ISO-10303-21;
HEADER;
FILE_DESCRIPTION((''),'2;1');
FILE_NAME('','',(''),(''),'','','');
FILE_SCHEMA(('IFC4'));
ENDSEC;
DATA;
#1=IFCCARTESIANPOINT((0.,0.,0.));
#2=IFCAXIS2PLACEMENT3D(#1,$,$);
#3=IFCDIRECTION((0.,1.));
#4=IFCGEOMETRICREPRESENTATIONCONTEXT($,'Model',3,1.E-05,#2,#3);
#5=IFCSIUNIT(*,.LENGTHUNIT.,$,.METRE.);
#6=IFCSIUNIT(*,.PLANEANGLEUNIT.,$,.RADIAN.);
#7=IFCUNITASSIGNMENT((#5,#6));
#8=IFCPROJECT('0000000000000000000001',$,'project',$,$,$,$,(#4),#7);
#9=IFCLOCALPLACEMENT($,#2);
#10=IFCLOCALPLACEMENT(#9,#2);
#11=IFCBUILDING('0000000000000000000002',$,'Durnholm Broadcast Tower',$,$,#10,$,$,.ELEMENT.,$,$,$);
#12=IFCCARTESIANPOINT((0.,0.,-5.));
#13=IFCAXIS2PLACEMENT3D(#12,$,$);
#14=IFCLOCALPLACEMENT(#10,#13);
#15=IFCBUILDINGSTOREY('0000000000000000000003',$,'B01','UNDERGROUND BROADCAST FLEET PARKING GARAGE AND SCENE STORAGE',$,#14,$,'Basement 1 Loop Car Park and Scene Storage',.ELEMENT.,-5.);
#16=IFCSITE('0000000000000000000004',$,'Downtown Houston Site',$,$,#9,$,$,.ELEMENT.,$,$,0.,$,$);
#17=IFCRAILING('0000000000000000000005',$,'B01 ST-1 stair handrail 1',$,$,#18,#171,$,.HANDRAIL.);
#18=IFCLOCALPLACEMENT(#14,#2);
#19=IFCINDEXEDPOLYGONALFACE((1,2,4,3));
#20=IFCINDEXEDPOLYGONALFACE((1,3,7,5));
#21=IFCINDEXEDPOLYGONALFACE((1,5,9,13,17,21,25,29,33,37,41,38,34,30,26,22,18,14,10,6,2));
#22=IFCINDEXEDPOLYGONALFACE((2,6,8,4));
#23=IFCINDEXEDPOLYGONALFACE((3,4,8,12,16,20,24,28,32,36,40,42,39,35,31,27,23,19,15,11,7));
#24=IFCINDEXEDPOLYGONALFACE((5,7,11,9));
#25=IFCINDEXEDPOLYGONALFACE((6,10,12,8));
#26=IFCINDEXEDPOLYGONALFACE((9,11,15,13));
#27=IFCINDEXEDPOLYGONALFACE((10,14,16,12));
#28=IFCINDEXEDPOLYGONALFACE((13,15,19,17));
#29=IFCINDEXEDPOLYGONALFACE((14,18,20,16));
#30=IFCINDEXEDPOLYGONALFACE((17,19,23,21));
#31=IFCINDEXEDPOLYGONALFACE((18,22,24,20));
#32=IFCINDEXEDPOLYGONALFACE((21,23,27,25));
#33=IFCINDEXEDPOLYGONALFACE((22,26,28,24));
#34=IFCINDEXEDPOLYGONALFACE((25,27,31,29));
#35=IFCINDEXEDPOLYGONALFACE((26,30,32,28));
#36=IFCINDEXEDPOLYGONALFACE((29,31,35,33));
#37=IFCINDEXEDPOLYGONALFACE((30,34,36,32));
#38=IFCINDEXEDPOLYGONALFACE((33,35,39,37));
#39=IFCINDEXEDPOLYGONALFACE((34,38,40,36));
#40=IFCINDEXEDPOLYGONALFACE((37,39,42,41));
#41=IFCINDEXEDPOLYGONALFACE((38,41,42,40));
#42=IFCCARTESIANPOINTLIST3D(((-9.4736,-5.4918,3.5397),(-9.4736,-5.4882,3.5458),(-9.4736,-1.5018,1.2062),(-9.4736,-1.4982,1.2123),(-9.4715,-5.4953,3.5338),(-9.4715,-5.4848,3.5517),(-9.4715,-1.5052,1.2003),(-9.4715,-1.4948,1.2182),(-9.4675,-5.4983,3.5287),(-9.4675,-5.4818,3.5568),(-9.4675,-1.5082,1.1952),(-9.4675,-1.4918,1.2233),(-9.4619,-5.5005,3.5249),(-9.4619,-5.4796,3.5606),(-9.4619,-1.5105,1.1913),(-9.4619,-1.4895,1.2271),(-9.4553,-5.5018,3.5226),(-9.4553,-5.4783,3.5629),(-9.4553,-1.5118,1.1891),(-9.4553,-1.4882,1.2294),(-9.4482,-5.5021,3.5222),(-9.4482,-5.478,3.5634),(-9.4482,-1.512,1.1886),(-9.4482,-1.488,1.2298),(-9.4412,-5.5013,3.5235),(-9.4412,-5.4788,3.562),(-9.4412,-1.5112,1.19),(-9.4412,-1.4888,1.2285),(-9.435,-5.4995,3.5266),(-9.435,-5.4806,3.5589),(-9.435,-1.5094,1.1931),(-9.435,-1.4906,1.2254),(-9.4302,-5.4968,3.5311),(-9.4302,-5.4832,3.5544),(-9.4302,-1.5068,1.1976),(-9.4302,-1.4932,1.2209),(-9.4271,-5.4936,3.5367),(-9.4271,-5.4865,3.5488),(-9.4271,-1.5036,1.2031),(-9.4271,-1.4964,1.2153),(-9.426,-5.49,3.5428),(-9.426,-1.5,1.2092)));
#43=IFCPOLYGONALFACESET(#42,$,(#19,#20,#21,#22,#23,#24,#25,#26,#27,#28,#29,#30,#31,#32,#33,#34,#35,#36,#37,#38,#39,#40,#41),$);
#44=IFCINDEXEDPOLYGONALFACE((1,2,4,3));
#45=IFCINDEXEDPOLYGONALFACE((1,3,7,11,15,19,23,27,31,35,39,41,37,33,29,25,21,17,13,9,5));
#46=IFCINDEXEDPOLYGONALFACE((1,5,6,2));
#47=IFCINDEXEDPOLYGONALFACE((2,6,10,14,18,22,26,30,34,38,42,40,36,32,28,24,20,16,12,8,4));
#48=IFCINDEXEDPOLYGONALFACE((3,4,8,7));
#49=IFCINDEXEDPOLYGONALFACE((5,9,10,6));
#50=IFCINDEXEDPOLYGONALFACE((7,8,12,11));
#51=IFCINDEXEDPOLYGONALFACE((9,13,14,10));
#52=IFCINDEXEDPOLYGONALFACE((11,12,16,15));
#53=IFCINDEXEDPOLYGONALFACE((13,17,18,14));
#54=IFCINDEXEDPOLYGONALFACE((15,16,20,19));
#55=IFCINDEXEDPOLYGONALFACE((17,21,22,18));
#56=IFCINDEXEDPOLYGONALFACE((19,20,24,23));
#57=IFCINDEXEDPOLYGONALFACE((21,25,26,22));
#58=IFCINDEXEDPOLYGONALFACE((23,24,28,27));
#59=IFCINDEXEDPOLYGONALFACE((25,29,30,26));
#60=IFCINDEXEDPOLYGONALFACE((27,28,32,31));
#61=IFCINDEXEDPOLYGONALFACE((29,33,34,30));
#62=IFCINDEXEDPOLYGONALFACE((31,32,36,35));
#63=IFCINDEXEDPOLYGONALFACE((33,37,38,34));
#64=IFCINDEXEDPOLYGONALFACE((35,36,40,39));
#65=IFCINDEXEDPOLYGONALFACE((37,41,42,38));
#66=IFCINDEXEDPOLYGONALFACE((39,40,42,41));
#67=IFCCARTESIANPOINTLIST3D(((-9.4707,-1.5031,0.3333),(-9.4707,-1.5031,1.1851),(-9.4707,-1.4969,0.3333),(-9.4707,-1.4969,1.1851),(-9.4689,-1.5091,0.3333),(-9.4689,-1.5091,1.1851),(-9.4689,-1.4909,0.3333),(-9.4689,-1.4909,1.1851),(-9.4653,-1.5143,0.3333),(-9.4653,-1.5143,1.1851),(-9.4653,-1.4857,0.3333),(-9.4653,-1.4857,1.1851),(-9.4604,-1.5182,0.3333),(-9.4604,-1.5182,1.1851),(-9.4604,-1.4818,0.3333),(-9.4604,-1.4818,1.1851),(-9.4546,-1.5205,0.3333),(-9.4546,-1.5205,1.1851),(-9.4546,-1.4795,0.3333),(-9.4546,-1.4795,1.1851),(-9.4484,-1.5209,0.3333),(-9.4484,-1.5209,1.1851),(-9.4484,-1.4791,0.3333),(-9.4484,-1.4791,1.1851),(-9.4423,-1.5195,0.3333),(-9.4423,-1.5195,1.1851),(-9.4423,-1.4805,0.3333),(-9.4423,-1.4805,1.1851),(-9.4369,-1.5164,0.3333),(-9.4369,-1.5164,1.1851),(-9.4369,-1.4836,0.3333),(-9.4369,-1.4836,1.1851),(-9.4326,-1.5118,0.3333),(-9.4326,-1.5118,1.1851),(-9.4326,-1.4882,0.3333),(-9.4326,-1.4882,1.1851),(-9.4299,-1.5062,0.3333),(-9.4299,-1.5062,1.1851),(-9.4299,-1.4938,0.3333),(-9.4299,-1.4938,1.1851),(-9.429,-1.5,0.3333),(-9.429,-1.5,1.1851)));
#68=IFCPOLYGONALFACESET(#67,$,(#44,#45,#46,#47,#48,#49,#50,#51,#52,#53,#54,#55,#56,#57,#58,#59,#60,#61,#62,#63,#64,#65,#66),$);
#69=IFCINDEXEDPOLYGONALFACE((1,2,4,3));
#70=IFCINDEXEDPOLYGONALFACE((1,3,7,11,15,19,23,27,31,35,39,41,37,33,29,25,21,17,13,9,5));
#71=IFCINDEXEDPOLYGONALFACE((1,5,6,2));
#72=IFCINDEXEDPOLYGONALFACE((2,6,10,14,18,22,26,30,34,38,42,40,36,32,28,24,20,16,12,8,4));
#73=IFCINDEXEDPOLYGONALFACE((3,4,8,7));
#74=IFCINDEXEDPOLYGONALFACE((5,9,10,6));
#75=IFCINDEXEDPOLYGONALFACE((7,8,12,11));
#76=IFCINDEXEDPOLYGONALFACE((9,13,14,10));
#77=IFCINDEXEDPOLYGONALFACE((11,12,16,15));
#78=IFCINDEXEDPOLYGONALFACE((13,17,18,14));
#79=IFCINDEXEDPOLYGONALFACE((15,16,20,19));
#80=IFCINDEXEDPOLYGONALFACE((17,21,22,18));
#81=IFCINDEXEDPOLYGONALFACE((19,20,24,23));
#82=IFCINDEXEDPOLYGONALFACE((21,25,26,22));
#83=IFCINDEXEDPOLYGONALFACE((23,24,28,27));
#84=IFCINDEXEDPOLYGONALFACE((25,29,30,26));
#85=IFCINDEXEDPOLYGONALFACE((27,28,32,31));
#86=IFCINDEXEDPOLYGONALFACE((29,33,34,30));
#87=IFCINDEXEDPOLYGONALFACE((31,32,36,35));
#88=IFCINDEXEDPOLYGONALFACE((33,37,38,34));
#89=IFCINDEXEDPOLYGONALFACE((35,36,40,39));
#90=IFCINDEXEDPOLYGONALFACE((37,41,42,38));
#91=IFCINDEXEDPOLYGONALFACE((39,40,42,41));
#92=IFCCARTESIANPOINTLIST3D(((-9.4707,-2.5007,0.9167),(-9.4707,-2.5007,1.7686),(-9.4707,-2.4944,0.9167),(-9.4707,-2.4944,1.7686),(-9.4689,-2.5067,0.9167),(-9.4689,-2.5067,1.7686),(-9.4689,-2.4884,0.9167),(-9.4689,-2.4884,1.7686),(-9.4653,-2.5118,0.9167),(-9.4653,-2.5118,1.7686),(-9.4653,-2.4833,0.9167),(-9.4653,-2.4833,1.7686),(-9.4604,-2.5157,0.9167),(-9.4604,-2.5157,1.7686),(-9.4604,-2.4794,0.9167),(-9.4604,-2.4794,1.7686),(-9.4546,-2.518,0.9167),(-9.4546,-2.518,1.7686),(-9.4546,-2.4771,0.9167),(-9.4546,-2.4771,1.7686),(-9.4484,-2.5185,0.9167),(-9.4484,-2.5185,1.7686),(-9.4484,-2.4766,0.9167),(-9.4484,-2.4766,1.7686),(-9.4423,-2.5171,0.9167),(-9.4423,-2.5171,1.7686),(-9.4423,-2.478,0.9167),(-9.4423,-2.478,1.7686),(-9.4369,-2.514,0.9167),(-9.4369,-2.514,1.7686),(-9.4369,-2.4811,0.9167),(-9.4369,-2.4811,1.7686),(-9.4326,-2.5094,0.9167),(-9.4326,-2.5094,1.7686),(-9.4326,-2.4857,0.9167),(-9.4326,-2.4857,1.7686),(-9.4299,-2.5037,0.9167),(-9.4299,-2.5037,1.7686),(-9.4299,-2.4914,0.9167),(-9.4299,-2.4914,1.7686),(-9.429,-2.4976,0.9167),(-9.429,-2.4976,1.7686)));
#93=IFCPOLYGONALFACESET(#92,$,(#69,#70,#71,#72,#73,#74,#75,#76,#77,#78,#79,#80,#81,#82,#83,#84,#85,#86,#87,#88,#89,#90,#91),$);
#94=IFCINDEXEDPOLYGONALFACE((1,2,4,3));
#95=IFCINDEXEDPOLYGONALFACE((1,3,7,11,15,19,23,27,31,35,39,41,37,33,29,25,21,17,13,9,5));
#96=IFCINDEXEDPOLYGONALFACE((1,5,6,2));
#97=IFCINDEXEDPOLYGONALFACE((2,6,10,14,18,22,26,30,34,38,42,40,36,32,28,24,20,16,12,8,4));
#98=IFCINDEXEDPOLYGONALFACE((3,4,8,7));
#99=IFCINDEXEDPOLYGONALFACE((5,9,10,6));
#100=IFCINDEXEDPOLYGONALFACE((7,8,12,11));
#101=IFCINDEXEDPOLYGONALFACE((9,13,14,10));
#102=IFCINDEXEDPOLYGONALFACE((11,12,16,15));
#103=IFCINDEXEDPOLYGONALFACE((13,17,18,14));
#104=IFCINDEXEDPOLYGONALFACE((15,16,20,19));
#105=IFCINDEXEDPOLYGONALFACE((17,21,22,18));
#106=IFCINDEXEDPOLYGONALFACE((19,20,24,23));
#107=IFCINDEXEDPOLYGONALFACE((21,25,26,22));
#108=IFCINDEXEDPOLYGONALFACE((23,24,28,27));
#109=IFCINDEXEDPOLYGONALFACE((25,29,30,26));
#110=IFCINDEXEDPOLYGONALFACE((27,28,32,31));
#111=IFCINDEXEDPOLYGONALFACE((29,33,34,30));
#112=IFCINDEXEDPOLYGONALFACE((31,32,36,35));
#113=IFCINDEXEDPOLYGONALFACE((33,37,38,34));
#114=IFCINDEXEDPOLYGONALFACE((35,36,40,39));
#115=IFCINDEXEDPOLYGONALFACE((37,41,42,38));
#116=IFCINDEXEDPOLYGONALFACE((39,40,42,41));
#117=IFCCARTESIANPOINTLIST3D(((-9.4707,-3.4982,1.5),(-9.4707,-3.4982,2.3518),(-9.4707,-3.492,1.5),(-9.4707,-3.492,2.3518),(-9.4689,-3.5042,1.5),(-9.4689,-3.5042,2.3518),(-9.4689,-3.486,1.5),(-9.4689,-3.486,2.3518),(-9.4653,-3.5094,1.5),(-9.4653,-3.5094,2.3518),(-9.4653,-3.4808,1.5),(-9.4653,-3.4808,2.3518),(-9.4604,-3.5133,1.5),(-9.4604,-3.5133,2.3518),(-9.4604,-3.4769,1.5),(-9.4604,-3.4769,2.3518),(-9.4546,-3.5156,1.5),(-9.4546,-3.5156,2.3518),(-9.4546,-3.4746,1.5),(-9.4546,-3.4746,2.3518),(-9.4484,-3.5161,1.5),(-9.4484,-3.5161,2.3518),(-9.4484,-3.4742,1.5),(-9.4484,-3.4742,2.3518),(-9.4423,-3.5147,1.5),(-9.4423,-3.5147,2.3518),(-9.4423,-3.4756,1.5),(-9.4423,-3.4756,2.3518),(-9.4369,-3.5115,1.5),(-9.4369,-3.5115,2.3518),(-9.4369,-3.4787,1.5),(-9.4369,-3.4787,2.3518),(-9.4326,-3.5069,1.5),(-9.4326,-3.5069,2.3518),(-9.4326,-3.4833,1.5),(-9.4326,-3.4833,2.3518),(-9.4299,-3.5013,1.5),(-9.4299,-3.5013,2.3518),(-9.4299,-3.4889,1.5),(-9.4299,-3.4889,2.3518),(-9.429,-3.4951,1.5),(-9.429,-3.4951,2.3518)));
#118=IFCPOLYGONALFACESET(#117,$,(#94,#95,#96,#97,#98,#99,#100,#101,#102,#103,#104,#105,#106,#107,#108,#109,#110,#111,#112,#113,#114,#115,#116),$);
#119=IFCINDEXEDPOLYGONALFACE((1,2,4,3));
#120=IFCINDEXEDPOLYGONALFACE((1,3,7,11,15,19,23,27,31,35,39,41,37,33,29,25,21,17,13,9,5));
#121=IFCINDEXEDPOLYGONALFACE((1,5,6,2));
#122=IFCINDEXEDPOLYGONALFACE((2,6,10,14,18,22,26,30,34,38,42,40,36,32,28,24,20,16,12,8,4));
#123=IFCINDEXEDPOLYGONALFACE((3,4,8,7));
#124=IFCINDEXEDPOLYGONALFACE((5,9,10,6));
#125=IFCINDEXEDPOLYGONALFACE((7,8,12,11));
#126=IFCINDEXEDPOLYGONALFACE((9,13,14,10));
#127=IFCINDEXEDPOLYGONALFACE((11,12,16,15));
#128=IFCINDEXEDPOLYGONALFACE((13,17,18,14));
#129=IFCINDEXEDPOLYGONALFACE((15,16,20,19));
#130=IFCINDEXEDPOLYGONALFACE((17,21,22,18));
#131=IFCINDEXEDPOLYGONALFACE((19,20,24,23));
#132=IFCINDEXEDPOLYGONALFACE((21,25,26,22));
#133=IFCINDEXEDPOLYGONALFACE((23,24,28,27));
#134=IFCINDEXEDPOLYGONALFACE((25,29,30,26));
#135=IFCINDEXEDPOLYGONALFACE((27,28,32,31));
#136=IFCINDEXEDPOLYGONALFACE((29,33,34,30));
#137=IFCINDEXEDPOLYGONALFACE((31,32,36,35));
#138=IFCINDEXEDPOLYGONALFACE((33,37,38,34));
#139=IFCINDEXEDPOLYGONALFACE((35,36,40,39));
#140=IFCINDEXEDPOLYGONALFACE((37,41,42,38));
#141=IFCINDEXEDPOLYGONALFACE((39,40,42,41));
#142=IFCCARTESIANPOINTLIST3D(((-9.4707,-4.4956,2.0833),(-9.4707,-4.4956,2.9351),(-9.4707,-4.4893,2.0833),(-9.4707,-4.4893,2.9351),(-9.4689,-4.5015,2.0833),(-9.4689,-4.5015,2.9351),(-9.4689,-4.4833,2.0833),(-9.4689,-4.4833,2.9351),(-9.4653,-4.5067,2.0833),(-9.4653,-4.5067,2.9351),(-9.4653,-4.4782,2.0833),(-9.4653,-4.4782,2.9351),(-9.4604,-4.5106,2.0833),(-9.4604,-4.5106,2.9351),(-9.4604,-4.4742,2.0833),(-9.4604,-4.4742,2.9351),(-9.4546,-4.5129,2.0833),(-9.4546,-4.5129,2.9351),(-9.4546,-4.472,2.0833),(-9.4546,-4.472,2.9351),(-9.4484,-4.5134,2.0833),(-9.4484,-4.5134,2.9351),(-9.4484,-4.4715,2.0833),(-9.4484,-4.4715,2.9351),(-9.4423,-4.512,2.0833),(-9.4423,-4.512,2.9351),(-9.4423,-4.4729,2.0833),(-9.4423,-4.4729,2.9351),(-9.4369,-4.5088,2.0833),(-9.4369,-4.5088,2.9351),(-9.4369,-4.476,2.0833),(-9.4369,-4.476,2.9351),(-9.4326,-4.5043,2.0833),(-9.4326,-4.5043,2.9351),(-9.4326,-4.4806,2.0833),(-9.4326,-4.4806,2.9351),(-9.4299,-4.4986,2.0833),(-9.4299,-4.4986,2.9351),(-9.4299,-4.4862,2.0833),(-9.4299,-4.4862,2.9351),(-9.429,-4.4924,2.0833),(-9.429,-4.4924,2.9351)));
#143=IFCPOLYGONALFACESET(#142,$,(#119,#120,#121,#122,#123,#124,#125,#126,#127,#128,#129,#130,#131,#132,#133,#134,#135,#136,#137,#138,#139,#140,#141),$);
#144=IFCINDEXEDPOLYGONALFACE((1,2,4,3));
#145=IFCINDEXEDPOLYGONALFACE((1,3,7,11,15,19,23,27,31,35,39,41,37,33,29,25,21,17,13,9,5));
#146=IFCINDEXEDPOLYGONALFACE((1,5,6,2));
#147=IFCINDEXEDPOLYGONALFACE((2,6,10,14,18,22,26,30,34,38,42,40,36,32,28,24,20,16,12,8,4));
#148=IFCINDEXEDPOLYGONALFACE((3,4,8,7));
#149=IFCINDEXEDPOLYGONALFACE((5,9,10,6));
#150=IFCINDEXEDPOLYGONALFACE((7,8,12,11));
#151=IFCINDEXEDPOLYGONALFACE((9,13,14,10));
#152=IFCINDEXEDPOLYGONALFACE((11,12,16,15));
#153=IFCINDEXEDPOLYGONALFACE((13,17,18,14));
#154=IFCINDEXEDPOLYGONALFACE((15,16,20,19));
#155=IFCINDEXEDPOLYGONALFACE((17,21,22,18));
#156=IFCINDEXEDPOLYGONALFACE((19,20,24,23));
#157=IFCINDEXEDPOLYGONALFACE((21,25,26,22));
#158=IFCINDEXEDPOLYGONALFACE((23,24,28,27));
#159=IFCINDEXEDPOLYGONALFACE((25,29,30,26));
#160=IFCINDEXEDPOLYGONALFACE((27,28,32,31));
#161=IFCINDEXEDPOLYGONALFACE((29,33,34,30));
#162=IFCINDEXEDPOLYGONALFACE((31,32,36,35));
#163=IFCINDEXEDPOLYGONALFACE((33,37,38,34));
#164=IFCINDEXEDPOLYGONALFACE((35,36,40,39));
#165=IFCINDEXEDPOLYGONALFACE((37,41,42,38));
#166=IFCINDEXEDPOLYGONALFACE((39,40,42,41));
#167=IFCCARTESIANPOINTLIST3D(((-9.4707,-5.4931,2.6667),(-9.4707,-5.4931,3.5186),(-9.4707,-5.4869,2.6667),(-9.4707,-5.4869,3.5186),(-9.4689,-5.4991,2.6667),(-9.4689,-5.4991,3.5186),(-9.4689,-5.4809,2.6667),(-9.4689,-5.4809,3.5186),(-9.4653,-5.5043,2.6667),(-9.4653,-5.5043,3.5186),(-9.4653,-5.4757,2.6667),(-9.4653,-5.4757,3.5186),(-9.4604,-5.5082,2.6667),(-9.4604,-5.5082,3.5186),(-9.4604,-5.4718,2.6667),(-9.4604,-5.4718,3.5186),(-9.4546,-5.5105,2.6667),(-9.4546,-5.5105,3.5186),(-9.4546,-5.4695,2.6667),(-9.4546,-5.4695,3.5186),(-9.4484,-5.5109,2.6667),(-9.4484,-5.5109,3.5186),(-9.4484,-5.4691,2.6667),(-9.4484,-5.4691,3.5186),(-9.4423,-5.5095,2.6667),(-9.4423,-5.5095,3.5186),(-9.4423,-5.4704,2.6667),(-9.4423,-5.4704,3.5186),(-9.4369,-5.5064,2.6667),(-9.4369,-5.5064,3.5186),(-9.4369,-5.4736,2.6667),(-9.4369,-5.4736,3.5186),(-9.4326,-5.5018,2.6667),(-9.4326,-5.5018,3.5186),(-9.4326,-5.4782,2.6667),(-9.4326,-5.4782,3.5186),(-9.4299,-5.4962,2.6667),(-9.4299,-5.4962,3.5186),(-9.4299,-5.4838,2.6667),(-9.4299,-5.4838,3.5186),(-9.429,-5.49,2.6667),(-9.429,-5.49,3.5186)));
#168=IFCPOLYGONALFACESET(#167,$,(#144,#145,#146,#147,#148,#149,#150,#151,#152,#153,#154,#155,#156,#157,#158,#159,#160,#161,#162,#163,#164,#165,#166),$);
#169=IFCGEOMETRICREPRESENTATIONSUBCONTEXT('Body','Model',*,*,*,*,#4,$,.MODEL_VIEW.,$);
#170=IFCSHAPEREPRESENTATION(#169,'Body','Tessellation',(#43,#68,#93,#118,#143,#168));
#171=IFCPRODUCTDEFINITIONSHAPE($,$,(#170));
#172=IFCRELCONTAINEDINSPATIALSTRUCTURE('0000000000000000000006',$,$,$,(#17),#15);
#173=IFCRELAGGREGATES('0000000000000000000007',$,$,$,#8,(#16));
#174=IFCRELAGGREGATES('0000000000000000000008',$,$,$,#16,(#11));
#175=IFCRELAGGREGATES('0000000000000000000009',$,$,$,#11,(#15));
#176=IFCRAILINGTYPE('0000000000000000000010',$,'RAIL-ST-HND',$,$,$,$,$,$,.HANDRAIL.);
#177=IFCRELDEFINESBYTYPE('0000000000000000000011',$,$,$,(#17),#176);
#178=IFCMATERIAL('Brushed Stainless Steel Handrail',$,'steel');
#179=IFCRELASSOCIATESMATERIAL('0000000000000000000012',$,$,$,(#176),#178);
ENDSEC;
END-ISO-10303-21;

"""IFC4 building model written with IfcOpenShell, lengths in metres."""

from ifc_helpers import new_model, si_unit, direction, frame, origin, origin_2d, place, context, subcontext, project, spatial, circle, extrude, material, type_object, element, save


model = new_model("IFC4")

# Units and contexts
model_context = context("Model", 3, precision=1e-05, world=origin(), true_north=direction((0.0, 1.0)))
body_context = subcontext(model_context, "Body", "Model", "MODEL_VIEW")
ifc_project = project(units=[si_unit("LENGTHUNIT", "METRE"), si_unit("PLANEANGLEUNIT", "RADIAN")], contexts=[model_context])

# Site, building, storey
site_placement = place(None, origin())
site = spatial("IfcSite", under=ifc_project, at=site_placement, Name="Downtown Houston Site", CompositionType="ELEMENT", RefElevation=0.0)
building_placement = place(site_placement, origin())
building = spatial("IfcBuilding", under=site, at=building_placement, Name="Durnholm Broadcast Tower", CompositionType="ELEMENT")
storey_placement = place(building_placement, frame((0.0, 0.0, -5.0)))
storey = spatial("IfcBuildingStorey", under=building, at=storey_placement, Name="B01", Description="UNDERGROUND BROADCAST FLEET PARKING GARAGE AND SCENE STORAGE", LongName="Basement 1 Loop Car Park and Scene Storage", CompositionType="ELEMENT", Elevation=-5.0)

# Railing
ifc_material_1 = material(Name="Brushed Stainless Steel Handrail", Category="steel")
railing_type_1 = type_object("IfcRailingType", Name="RAIL-ST-HND", PredefinedType="HANDRAIL", material=ifc_material_1)
railing_1_placement = place(storey_placement, frame((-9.45, -1.5, 0.3333)))
element("IfcRailing", 1, at=railing_1_placement, inside=storey, type_object=railing_type_1, Name="B01 ST-1 stair handrail 1", PredefinedType="HANDRAIL", context=body_context, shape_type="SweptSolid", body=[
    extrude(circle(Radius=0.0239, at=origin_2d()), frame((0.0, 0.0, 0.876), z_axis=(0.0, -0.863213, 0.50484), x_axis=(1.0, 0.0, 0.0)), (0.0, 0.0, 1.0), 4.6223),
    extrude(circle(Radius=0.021, at=origin_2d()), origin(), (0.0, 0.0, 1.0), 0.8518),
    extrude(circle(Radius=0.021, at=origin_2d()), frame((0.0, -0.9976, 0.5835)), (0.0, 0.0, 1.0), 0.8518),
    extrude(circle(Radius=0.021, at=origin_2d()), frame((0.0, -1.9951, 1.1667)), (0.0, 0.0, 1.0), 0.8518),
    extrude(circle(Radius=0.021, at=origin_2d()), frame((0.0, -2.9924, 1.75)), (0.0, 0.0, 1.0), 0.8518),
    extrude(circle(Radius=0.021, at=origin_2d()), frame((0.0, -3.99, 2.3335)), (0.0, 0.0, 1.0), 0.8518),
])

save(model, "model.ifc")
